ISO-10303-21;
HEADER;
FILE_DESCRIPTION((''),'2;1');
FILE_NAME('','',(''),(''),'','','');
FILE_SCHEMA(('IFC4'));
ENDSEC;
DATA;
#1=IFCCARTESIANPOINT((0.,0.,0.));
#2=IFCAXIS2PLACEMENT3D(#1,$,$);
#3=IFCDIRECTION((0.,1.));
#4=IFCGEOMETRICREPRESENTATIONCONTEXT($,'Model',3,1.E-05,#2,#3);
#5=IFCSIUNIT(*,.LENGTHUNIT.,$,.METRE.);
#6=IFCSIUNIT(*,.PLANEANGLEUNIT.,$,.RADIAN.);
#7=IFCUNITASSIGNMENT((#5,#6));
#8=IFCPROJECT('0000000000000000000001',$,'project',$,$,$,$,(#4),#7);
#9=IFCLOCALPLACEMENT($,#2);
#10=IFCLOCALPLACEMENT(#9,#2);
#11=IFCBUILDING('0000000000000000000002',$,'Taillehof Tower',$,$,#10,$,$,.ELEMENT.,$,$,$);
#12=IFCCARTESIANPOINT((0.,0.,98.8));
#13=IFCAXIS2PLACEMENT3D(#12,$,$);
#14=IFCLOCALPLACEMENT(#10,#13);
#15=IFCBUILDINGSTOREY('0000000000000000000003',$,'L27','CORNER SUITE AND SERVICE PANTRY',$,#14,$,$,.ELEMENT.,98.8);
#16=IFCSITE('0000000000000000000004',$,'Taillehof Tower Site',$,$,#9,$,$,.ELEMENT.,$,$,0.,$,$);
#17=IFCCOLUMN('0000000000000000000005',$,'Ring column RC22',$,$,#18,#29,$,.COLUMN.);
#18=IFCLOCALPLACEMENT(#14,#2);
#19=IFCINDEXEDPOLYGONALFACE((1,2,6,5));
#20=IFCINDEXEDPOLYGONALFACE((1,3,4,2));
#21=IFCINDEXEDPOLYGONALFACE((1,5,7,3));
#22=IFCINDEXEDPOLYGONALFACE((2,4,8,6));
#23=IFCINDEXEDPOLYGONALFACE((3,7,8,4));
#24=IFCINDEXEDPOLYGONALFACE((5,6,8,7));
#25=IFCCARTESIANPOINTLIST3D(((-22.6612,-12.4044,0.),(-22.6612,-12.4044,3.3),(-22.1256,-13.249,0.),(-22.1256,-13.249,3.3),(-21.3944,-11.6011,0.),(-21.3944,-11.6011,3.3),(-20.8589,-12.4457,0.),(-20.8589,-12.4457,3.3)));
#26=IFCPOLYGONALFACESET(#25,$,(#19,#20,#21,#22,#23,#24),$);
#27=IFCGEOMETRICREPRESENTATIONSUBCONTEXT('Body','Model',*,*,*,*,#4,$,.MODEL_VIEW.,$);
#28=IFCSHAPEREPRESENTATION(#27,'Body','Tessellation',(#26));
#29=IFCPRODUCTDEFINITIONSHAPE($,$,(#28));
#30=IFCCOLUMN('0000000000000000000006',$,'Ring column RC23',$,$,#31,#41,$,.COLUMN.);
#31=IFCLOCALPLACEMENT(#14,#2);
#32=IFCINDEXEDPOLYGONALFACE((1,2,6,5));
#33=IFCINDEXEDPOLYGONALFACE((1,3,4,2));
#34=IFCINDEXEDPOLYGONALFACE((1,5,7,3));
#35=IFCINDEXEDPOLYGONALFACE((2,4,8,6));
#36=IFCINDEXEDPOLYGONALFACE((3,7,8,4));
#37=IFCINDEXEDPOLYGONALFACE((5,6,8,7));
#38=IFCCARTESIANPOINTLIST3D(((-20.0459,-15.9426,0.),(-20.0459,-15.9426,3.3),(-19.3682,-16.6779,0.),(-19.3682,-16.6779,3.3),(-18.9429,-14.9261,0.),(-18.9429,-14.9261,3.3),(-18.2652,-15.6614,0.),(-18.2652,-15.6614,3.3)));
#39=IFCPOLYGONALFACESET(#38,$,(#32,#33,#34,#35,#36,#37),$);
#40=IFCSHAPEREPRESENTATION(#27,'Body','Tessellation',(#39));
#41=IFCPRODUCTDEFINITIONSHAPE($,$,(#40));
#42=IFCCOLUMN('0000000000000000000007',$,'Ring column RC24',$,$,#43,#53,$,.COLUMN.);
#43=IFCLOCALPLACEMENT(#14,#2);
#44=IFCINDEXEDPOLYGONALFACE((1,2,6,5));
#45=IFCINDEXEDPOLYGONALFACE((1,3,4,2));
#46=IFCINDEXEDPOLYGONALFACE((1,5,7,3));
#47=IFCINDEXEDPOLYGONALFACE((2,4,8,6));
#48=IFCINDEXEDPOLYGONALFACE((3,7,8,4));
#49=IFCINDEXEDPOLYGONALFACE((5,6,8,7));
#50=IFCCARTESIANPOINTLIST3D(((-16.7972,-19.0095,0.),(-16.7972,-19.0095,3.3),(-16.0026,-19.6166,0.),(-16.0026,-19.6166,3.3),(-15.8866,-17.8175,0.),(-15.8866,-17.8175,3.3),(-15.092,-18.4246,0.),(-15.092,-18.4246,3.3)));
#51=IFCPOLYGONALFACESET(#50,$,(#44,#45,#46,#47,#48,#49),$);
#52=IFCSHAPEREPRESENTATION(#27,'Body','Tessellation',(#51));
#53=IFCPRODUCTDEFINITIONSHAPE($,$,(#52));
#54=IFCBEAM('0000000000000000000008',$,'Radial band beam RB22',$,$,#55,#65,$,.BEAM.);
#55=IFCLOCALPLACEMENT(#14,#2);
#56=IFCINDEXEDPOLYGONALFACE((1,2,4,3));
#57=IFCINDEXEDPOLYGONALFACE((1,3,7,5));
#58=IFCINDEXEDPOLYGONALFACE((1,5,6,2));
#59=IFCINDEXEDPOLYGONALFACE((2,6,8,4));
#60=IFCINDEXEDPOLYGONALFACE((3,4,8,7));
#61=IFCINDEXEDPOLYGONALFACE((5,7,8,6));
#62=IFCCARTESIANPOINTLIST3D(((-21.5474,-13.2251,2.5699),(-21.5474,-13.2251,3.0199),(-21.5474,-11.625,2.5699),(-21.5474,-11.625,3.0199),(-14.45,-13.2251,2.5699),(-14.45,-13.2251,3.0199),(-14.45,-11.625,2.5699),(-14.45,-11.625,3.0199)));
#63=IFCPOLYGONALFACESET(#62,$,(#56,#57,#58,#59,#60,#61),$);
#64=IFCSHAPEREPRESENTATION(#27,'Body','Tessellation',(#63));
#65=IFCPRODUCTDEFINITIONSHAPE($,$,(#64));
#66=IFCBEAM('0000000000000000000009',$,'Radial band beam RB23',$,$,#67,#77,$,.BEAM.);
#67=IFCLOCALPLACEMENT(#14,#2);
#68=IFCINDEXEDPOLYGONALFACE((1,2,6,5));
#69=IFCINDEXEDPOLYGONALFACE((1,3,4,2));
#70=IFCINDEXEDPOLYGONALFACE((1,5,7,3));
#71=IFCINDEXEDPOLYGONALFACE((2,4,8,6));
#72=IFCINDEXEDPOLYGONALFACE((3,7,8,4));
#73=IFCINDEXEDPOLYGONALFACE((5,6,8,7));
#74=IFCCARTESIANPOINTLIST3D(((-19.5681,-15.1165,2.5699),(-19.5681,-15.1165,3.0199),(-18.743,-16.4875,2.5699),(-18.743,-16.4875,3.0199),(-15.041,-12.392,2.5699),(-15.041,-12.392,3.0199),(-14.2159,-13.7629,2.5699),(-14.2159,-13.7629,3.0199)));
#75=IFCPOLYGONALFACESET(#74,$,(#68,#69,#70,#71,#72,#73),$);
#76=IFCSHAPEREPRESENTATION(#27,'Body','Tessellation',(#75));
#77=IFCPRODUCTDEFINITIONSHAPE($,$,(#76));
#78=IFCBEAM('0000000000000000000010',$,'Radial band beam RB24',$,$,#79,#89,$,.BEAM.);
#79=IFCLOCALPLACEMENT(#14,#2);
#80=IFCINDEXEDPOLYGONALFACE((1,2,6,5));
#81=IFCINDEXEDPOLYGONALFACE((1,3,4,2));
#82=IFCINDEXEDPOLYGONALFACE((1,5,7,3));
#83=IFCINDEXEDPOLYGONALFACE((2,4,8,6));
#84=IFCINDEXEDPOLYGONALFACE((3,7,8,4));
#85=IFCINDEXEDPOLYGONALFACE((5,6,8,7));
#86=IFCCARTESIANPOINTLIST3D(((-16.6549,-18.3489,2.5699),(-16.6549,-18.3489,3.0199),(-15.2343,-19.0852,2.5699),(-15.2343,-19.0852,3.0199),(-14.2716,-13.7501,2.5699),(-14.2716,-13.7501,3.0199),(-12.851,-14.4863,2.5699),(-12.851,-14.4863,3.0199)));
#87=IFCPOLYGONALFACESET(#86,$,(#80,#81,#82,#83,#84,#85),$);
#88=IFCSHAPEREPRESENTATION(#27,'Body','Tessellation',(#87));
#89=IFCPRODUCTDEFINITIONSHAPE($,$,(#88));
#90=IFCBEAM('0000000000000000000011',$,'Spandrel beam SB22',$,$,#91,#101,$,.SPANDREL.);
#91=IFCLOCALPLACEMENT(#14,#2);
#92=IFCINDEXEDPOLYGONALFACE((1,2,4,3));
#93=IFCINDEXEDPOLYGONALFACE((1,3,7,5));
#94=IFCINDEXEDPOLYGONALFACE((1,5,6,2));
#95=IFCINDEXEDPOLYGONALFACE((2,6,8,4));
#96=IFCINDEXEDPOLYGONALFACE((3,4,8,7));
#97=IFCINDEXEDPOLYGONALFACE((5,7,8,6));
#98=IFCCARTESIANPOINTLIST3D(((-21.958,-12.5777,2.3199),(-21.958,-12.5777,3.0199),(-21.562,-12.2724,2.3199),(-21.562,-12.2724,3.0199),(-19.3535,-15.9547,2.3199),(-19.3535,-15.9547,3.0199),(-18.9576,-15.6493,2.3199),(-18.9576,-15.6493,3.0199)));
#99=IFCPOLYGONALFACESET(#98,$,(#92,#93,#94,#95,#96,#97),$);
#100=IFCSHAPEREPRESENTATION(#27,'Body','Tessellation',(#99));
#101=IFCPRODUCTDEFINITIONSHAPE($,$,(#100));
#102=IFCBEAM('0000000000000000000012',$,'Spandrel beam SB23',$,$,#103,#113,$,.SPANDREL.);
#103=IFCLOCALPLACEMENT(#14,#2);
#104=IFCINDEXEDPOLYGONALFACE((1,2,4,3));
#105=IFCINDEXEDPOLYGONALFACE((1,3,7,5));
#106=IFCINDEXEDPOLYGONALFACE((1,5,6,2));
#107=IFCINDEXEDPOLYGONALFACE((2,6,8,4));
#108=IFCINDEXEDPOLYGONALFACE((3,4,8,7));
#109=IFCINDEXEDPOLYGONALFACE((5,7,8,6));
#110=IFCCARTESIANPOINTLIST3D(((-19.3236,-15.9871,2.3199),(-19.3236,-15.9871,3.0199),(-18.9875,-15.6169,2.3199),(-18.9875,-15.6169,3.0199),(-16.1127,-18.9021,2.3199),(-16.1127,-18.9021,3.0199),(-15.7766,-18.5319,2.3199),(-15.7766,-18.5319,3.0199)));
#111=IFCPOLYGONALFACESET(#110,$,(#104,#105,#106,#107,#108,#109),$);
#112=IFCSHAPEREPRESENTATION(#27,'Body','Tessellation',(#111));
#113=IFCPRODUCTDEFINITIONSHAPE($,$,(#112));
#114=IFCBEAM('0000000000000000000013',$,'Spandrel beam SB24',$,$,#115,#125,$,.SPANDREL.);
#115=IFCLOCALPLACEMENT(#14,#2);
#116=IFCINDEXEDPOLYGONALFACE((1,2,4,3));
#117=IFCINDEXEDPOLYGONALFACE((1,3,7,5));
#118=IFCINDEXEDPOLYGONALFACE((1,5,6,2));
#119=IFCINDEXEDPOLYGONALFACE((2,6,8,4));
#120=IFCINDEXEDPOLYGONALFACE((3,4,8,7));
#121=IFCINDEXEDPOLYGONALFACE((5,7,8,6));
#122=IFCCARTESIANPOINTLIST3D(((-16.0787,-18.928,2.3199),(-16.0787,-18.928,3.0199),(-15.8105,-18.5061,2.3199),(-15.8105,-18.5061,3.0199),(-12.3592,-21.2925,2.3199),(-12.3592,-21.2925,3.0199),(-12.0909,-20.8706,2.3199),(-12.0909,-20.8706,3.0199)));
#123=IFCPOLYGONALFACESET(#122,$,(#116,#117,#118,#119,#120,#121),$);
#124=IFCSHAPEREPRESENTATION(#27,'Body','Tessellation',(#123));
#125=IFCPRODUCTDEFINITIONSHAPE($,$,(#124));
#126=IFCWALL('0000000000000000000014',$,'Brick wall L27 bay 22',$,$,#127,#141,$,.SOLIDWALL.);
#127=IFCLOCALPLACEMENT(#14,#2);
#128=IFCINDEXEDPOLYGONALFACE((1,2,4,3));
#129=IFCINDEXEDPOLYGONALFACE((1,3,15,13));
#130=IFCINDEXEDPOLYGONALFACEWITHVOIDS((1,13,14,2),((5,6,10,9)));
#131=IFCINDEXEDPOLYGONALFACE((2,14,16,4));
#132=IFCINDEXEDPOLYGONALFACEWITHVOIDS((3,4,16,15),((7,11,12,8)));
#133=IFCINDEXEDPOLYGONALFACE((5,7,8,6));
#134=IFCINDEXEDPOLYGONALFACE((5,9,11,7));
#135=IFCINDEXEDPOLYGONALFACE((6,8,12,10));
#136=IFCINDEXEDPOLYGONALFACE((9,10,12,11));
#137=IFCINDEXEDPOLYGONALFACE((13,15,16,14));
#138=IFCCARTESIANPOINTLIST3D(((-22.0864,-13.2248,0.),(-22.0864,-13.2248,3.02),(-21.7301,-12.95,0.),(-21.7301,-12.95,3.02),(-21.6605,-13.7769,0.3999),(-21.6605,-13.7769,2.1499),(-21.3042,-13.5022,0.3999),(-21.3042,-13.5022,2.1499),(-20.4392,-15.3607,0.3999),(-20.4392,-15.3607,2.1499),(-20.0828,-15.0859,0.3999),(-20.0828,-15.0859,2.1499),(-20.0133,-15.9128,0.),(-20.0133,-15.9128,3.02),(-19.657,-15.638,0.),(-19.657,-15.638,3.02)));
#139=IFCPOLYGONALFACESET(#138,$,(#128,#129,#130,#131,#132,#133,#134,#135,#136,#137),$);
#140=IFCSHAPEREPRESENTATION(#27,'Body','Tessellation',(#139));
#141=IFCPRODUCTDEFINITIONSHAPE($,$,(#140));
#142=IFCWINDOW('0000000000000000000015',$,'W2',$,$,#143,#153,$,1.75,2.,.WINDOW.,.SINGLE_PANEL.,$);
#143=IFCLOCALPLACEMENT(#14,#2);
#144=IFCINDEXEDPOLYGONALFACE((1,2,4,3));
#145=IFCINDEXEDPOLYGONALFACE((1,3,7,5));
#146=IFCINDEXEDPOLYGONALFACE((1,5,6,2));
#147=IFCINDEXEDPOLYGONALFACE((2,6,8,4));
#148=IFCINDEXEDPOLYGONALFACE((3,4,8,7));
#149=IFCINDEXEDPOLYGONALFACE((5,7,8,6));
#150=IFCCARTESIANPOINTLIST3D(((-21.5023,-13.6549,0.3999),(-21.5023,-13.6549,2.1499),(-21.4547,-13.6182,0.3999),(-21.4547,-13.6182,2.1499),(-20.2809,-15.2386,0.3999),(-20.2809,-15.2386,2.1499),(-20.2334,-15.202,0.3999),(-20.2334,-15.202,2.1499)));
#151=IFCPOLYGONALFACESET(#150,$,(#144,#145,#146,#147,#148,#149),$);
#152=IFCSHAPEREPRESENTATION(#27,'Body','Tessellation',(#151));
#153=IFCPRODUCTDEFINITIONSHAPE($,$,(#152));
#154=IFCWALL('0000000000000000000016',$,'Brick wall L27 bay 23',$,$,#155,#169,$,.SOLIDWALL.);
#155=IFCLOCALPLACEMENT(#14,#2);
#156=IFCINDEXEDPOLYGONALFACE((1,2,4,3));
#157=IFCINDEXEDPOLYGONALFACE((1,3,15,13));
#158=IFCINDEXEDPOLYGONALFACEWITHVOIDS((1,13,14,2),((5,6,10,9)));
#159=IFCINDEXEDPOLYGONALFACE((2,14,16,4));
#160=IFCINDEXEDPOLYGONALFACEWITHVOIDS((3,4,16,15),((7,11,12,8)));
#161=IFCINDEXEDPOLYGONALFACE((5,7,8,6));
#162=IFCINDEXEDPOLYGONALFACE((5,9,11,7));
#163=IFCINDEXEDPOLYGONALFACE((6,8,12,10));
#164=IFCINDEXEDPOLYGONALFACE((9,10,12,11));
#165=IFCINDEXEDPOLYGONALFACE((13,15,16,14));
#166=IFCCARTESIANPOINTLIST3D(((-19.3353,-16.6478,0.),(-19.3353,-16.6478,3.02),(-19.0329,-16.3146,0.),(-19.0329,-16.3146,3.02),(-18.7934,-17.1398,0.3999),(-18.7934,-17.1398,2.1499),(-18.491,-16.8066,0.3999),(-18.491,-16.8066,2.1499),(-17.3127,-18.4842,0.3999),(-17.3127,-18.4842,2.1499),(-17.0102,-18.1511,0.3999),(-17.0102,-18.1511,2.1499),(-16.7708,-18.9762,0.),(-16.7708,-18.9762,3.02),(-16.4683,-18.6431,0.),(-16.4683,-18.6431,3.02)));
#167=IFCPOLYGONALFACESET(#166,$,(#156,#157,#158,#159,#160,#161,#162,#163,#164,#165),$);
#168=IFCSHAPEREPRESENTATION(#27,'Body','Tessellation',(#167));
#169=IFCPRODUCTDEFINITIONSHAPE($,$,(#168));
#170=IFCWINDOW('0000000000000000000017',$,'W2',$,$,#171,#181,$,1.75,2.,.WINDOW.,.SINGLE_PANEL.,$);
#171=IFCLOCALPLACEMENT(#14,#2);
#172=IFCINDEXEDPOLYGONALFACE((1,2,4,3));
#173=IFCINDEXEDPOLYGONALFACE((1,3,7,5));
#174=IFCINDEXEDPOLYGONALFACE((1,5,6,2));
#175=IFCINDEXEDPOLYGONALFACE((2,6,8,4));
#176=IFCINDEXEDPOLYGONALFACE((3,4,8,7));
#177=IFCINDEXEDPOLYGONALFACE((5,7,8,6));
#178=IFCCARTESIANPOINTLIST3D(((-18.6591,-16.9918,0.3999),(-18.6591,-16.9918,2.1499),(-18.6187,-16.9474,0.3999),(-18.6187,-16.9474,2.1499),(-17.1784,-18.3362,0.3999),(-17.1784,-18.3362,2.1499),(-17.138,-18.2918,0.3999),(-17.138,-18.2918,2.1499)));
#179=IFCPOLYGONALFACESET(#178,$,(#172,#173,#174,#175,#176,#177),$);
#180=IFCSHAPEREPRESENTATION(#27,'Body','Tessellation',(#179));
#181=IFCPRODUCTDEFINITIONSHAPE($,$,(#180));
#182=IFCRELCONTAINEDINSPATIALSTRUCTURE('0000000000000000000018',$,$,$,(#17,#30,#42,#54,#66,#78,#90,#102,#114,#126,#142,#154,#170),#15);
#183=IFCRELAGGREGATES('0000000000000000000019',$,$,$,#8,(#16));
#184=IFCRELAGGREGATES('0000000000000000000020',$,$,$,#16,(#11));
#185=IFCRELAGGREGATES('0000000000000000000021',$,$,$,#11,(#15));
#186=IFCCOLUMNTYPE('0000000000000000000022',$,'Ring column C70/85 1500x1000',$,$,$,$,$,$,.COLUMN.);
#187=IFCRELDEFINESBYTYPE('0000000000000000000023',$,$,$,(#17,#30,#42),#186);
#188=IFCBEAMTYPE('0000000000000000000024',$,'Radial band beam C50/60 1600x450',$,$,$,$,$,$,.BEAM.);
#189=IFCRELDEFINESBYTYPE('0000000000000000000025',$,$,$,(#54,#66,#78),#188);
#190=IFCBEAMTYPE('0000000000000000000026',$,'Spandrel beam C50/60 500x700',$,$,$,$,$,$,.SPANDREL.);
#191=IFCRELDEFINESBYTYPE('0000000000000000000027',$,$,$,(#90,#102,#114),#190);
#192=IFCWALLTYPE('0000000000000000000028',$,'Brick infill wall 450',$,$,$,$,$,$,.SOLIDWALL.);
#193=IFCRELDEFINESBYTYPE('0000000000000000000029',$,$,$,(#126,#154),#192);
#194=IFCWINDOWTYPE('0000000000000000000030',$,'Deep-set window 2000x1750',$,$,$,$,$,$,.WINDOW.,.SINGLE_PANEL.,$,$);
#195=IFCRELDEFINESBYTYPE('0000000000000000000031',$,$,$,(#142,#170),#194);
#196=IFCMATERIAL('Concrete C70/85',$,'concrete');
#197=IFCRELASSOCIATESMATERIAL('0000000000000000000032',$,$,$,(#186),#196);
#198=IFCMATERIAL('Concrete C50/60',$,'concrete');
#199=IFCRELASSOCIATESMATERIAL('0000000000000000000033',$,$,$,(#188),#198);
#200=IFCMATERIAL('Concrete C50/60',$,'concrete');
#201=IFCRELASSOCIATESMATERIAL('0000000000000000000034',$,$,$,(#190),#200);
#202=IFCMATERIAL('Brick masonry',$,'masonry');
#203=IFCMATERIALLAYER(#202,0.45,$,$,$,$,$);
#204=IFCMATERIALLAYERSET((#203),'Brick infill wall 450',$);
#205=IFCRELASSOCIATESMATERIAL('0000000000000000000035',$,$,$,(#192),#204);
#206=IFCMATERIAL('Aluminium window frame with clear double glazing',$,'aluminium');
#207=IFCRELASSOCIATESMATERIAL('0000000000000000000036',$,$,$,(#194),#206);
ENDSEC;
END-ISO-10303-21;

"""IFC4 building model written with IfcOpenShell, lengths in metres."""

from ifc_helpers import new_model, si_unit, direction, frame, frame_2d, origin, origin_2d, place, context, subcontext, project, spatial, rectangle, extrude, material, layer, layer_set, material_profile, profile_set, type_object, element, fill, save


model = new_model("IFC4")

# Units and contexts
model_context = context("Model", 3, precision=1e-05, world=origin(), true_north=direction((0.0, 1.0)))
body_context = subcontext(model_context, "Body", "Model", "MODEL_VIEW")
ifc_project = project(units=[si_unit("LENGTHUNIT", "METRE"), si_unit("PLANEANGLEUNIT", "RADIAN")], contexts=[model_context])

# Site, building, storey
site_placement = place(None, origin())
site = spatial("IfcSite", under=ifc_project, at=site_placement, Name="Taillehof Tower Site", CompositionType="ELEMENT", RefElevation=0.0)
building_placement = place(site_placement, origin())
building = spatial("IfcBuilding", under=site, at=building_placement, Name="Taillehof Tower", CompositionType="ELEMENT")
storey_placement = place(building_placement, frame((0.0, 0.0, 98.8)))
storey = spatial("IfcBuildingStorey", under=building, at=storey_placement, Name="L27", Description="CORNER SUITE AND SERVICE PANTRY", CompositionType="ELEMENT", Elevation=98.8)

# Columns
ifc_material_1 = material(Name="Concrete C70/85", Category="concrete")
ifc_material_profile_1 = material_profile(ifc_material_1, rectangle(XDim=1.5, YDim=1.0, at=origin_2d()), Name="RC 1500x1000")
ifc_profile_set_1 = profile_set([ifc_material_profile_1], Name="Concrete C70/85")
column_type = type_object("IfcColumnType", Name="Ring column C70/85 1500x1000", PredefinedType="COLUMN", material=ifc_profile_set_1)
for number, where, z_axis, x_axis, name in (
    (1, (-21.76, -12.425, 0.0), (0.0, 0.0, 1.0), (-0.844511, -0.535537, 0.0), "Ring column RC22"),
    (2, (-19.1555, -15.802, 0.0), (0.0, 0.0, 1.0), (-0.735332, -0.677707, 0.0), "Ring column RC23"),
    (3, (-15.9446, -18.717, 0.0), (0.0, 0.0, 1.0), (-0.607074, -0.794645, 0.0), "Ring column RC24"),
):
    element("IfcColumn", number, at=place(storey_placement, frame(where, z_axis=z_axis, x_axis=x_axis)), inside=storey, type_object=column_type, Name=name, PredefinedType="COLUMN", context=body_context, shape_type="SweptSolid", body=[
        extrude(rectangle(XDim=1.5, YDim=1.0, at=origin_2d()), origin(), (0.0, 0.0, 1.0), 3.3),
    ])

# Beams
ifc_material_2 = material(Name="Concrete C50/60", Category="concrete")
ifc_material_profile_2 = material_profile(ifc_material_2, rectangle(XDim=1.6001, YDim=0.45, at=origin_2d()), Name="RC 1600x450")
ifc_profile_set_2 = profile_set([ifc_material_profile_2], Name="Concrete C50/60")
beam_type_1 = type_object("IfcBeamType", Name="Radial band beam C50/60 1600x450", PredefinedType="BEAM", material=ifc_profile_set_2)
beam_1_placement = place(storey_placement, frame((-21.5474, -12.425, 2.7949), z_axis=(1.0, 0.0, 0.0), x_axis=(0.0, 1.0, 0.0)))
element("IfcBeam", 4, at=beam_1_placement, inside=storey, type_object=beam_type_1, Name="Radial band beam RB22", PredefinedType="BEAM", context=body_context, shape_type="SweptSolid", body=[
    extrude(rectangle(XDim=1.6001, YDim=0.45, at=origin_2d()), origin(), (0.0, 0.0, 1.0), 7.0974),
])
beam_2_placement = place(storey_placement, frame((-19.1555, -15.802, 2.7949), z_axis=(0.856795, 0.515657, 0.0), x_axis=(-0.515657, 0.856795, 0.0)))
element("IfcBeam", 5, at=beam_2_placement, inside=storey, type_object=beam_type_1, Name="Radial band beam RB23", PredefinedType="BEAM", context=body_context, shape_type="SweptSolid", body=[
    extrude(rectangle(XDim=1.6001, YDim=0.45, at=origin_2d()), origin(), (0.0, 0.0, 1.0), 5.2837),
])
beam_3_placement = place(storey_placement, frame((-15.9446, -18.717, 2.7949), z_axis=(0.460119, 0.887857, 0.0), x_axis=(-0.887857, 0.460119, 0.0)))
element("IfcBeam", 6, at=beam_3_placement, inside=storey, type_object=beam_type_1, Name="Radial band beam RB24", PredefinedType="BEAM", context=body_context, shape_type="SweptSolid", body=[
    extrude(rectangle(XDim=1.6001, YDim=0.45, at=origin_2d()), origin(), (0.0, 0.0, 1.0), 5.1797),
])
ifc_material_3 = material(Name="Concrete C50/60", Category="concrete")
ifc_material_profile_3 = material_profile(ifc_material_3, rectangle(XDim=0.5, YDim=0.7, at=origin_2d()), Name="RC 500x700")
ifc_profile_set_3 = profile_set([ifc_material_profile_3], Name="Concrete C50/60")
beam_type_2 = type_object("IfcBeamType", Name="Spandrel beam C50/60 500x700", PredefinedType="SPANDREL", material=ifc_profile_set_3)
beam_4_placement = place(storey_placement, frame((-21.76, -12.425, 2.6699), z_axis=(0.610717, -0.791849, 0.0), x_axis=(0.791849, 0.610717, 0.0)))
element("IfcBeam", 7, at=beam_4_placement, inside=storey, type_object=beam_type_2, Name="Spandrel beam SB22", PredefinedType="SPANDREL", context=body_context, shape_type="SweptSolid", body=[
    extrude(rectangle(XDim=0.5, YDim=0.7, at=origin_2d()), origin(), (0.0, 0.0, 1.0), 4.2646),
])
beam_5_placement = place(storey_placement, frame((-19.1555, -15.802, 2.6699), z_axis=(0.740398, -0.672168, 0.0), x_axis=(0.672168, 0.740398, 0.0)))
element("IfcBeam", 8, at=beam_5_placement, inside=storey, type_object=beam_type_2, Name="Spandrel beam SB23", PredefinedType="SPANDREL", context=body_context, shape_type="SweptSolid", body=[
    extrude(rectangle(XDim=0.5, YDim=0.7, at=origin_2d()), origin(), (0.0, 0.0, 1.0), 4.3367),
])
beam_6_placement = place(storey_placement, frame((-15.9446, -18.717, 2.6699), z_axis=(0.843912, -0.536481, 0.0), x_axis=(0.536481, 0.843912, 0.0)))
element("IfcBeam", 9, at=beam_6_placement, inside=storey, type_object=beam_type_2, Name="Spandrel beam SB24", PredefinedType="SPANDREL", context=body_context, shape_type="SweptSolid", body=[
    extrude(rectangle(XDim=0.5, YDim=0.7, at=origin_2d()), origin(), (0.0, 0.0, 1.0), 4.4075),
])

# Walls, openings, windows
ifc_material_4 = material(Name="Brick masonry", Category="masonry")
ifc_layer_1 = layer(ifc_material_4, 0.45)
ifc_layer_set_1 = layer_set([ifc_layer_1], Name="Brick infill wall 450")
wall_type_1 = type_object("IfcWallType", Name="Brick infill wall 450", PredefinedType="SOLIDWALL", material=ifc_layer_set_1)
wall_1_placement = place(storey_placement, frame((-21.9082, -13.0874, 0.0), z_axis=(0.0, 0.0, 1.0), x_axis=(0.610694, -0.791867, 0.0)))
wall_1 = element("IfcWall", 10, at=wall_1_placement, inside=storey, type_object=wall_type_1, Name="Brick wall L27 bay 22", PredefinedType="SOLIDWALL", context=body_context, shape_type="SweptSolid", body=[
    extrude(rectangle(XDim=3.3945, YDim=0.45, at=frame_2d((1.6973, 0.0))), origin(), (0.0, 0.0, 1.0), 3.02),
])
opening_1_placement = place(wall_1_placement, frame((0.6973, 0.0, 0.3999)))
opening_1 = element("IfcOpeningElement", 11, at=opening_1_placement, cuts=wall_1, PredefinedType="OPENING", context=body_context, shape_type="SweptSolid", body=[
    extrude(rectangle(XDim=2.0, YDim=1.75, at=frame_2d((1.0, 0.875))), frame((0.0, 0.2349, 0.0), z_axis=(0.0, -1.0, 0.0), x_axis=(1.0, 0.0, 0.0)), (0.0, 0.0, 1.0), 0.47),
])
ifc_material_5 = material(Name="Aluminium window frame with clear double glazing", Category="aluminium")
window_type = type_object("IfcWindowType", Name="Deep-set window 2000x1750", PartitioningType="SINGLE_PANEL", PredefinedType="WINDOW", material=ifc_material_5)
window_1_placement = place(opening_1_placement, origin())
window_1 = element("IfcWindow", 12, at=window_1_placement, inside=storey, type_object=window_type, Name="W2", OverallHeight=1.75, OverallWidth=2.0, PartitioningType="SINGLE_PANEL", PredefinedType="WINDOW", context=body_context, shape_type="SweptSolid", body=[
    extrude(rectangle(XDim=2.0, YDim=1.75, at=frame_2d((1.0, 0.875))), frame((0.0, 0.0349, 0.0), z_axis=(0.0, -1.0, 0.0), x_axis=(1.0, 0.0, 0.0)), (0.0, 0.0, 1.0), 0.0601),
])
fill(opening_1, window_1)
wall_2_placement = place(storey_placement, frame((-19.1841, -16.4812, 0.0), z_axis=(0.0, 0.0, 1.0), x_axis=(0.740364, -0.672206, 0.0)))
wall_2 = element("IfcWall", 13, at=wall_2_placement, inside=storey, type_object=wall_type_1, Name="Brick wall L27 bay 23", PredefinedType="SOLIDWALL", context=body_context, shape_type="SweptSolid", body=[
    extrude(rectangle(XDim=3.4639, YDim=0.45, at=frame_2d((1.7319, 0.0))), origin(), (0.0, 0.0, 1.0), 3.02),
])
opening_2_placement = place(wall_2_placement, frame((0.7319, 0.0, 0.3999)))
opening_2 = element("IfcOpeningElement", 14, at=opening_2_placement, cuts=wall_2, PredefinedType="OPENING", context=body_context, shape_type="SweptSolid", body=[
    extrude(rectangle(XDim=2.0, YDim=1.75, at=frame_2d((1.0, 0.875))), frame((0.0, 0.2349, 0.0), z_axis=(0.0, -1.0, 0.0), x_axis=(1.0, 0.0, 0.0)), (0.0, 0.0, 1.0), 0.47),
])
window_2_placement = place(opening_2_placement, origin())
window_2 = element("IfcWindow", 15, at=window_2_placement, inside=storey, type_object=window_type, Name="W2", OverallHeight=1.75, OverallWidth=2.0, PartitioningType="SINGLE_PANEL", PredefinedType="WINDOW", context=body_context, shape_type="SweptSolid", body=[
    extrude(rectangle(XDim=2.0, YDim=1.75, at=frame_2d((1.0, 0.875))), frame((0.0, 0.0349, 0.0), z_axis=(0.0, -1.0, 0.0), x_axis=(1.0, 0.0, 0.0)), (0.0, 0.0, 1.0), 0.0601),
])
fill(opening_2, window_2)

save(model, "model.ifc")
